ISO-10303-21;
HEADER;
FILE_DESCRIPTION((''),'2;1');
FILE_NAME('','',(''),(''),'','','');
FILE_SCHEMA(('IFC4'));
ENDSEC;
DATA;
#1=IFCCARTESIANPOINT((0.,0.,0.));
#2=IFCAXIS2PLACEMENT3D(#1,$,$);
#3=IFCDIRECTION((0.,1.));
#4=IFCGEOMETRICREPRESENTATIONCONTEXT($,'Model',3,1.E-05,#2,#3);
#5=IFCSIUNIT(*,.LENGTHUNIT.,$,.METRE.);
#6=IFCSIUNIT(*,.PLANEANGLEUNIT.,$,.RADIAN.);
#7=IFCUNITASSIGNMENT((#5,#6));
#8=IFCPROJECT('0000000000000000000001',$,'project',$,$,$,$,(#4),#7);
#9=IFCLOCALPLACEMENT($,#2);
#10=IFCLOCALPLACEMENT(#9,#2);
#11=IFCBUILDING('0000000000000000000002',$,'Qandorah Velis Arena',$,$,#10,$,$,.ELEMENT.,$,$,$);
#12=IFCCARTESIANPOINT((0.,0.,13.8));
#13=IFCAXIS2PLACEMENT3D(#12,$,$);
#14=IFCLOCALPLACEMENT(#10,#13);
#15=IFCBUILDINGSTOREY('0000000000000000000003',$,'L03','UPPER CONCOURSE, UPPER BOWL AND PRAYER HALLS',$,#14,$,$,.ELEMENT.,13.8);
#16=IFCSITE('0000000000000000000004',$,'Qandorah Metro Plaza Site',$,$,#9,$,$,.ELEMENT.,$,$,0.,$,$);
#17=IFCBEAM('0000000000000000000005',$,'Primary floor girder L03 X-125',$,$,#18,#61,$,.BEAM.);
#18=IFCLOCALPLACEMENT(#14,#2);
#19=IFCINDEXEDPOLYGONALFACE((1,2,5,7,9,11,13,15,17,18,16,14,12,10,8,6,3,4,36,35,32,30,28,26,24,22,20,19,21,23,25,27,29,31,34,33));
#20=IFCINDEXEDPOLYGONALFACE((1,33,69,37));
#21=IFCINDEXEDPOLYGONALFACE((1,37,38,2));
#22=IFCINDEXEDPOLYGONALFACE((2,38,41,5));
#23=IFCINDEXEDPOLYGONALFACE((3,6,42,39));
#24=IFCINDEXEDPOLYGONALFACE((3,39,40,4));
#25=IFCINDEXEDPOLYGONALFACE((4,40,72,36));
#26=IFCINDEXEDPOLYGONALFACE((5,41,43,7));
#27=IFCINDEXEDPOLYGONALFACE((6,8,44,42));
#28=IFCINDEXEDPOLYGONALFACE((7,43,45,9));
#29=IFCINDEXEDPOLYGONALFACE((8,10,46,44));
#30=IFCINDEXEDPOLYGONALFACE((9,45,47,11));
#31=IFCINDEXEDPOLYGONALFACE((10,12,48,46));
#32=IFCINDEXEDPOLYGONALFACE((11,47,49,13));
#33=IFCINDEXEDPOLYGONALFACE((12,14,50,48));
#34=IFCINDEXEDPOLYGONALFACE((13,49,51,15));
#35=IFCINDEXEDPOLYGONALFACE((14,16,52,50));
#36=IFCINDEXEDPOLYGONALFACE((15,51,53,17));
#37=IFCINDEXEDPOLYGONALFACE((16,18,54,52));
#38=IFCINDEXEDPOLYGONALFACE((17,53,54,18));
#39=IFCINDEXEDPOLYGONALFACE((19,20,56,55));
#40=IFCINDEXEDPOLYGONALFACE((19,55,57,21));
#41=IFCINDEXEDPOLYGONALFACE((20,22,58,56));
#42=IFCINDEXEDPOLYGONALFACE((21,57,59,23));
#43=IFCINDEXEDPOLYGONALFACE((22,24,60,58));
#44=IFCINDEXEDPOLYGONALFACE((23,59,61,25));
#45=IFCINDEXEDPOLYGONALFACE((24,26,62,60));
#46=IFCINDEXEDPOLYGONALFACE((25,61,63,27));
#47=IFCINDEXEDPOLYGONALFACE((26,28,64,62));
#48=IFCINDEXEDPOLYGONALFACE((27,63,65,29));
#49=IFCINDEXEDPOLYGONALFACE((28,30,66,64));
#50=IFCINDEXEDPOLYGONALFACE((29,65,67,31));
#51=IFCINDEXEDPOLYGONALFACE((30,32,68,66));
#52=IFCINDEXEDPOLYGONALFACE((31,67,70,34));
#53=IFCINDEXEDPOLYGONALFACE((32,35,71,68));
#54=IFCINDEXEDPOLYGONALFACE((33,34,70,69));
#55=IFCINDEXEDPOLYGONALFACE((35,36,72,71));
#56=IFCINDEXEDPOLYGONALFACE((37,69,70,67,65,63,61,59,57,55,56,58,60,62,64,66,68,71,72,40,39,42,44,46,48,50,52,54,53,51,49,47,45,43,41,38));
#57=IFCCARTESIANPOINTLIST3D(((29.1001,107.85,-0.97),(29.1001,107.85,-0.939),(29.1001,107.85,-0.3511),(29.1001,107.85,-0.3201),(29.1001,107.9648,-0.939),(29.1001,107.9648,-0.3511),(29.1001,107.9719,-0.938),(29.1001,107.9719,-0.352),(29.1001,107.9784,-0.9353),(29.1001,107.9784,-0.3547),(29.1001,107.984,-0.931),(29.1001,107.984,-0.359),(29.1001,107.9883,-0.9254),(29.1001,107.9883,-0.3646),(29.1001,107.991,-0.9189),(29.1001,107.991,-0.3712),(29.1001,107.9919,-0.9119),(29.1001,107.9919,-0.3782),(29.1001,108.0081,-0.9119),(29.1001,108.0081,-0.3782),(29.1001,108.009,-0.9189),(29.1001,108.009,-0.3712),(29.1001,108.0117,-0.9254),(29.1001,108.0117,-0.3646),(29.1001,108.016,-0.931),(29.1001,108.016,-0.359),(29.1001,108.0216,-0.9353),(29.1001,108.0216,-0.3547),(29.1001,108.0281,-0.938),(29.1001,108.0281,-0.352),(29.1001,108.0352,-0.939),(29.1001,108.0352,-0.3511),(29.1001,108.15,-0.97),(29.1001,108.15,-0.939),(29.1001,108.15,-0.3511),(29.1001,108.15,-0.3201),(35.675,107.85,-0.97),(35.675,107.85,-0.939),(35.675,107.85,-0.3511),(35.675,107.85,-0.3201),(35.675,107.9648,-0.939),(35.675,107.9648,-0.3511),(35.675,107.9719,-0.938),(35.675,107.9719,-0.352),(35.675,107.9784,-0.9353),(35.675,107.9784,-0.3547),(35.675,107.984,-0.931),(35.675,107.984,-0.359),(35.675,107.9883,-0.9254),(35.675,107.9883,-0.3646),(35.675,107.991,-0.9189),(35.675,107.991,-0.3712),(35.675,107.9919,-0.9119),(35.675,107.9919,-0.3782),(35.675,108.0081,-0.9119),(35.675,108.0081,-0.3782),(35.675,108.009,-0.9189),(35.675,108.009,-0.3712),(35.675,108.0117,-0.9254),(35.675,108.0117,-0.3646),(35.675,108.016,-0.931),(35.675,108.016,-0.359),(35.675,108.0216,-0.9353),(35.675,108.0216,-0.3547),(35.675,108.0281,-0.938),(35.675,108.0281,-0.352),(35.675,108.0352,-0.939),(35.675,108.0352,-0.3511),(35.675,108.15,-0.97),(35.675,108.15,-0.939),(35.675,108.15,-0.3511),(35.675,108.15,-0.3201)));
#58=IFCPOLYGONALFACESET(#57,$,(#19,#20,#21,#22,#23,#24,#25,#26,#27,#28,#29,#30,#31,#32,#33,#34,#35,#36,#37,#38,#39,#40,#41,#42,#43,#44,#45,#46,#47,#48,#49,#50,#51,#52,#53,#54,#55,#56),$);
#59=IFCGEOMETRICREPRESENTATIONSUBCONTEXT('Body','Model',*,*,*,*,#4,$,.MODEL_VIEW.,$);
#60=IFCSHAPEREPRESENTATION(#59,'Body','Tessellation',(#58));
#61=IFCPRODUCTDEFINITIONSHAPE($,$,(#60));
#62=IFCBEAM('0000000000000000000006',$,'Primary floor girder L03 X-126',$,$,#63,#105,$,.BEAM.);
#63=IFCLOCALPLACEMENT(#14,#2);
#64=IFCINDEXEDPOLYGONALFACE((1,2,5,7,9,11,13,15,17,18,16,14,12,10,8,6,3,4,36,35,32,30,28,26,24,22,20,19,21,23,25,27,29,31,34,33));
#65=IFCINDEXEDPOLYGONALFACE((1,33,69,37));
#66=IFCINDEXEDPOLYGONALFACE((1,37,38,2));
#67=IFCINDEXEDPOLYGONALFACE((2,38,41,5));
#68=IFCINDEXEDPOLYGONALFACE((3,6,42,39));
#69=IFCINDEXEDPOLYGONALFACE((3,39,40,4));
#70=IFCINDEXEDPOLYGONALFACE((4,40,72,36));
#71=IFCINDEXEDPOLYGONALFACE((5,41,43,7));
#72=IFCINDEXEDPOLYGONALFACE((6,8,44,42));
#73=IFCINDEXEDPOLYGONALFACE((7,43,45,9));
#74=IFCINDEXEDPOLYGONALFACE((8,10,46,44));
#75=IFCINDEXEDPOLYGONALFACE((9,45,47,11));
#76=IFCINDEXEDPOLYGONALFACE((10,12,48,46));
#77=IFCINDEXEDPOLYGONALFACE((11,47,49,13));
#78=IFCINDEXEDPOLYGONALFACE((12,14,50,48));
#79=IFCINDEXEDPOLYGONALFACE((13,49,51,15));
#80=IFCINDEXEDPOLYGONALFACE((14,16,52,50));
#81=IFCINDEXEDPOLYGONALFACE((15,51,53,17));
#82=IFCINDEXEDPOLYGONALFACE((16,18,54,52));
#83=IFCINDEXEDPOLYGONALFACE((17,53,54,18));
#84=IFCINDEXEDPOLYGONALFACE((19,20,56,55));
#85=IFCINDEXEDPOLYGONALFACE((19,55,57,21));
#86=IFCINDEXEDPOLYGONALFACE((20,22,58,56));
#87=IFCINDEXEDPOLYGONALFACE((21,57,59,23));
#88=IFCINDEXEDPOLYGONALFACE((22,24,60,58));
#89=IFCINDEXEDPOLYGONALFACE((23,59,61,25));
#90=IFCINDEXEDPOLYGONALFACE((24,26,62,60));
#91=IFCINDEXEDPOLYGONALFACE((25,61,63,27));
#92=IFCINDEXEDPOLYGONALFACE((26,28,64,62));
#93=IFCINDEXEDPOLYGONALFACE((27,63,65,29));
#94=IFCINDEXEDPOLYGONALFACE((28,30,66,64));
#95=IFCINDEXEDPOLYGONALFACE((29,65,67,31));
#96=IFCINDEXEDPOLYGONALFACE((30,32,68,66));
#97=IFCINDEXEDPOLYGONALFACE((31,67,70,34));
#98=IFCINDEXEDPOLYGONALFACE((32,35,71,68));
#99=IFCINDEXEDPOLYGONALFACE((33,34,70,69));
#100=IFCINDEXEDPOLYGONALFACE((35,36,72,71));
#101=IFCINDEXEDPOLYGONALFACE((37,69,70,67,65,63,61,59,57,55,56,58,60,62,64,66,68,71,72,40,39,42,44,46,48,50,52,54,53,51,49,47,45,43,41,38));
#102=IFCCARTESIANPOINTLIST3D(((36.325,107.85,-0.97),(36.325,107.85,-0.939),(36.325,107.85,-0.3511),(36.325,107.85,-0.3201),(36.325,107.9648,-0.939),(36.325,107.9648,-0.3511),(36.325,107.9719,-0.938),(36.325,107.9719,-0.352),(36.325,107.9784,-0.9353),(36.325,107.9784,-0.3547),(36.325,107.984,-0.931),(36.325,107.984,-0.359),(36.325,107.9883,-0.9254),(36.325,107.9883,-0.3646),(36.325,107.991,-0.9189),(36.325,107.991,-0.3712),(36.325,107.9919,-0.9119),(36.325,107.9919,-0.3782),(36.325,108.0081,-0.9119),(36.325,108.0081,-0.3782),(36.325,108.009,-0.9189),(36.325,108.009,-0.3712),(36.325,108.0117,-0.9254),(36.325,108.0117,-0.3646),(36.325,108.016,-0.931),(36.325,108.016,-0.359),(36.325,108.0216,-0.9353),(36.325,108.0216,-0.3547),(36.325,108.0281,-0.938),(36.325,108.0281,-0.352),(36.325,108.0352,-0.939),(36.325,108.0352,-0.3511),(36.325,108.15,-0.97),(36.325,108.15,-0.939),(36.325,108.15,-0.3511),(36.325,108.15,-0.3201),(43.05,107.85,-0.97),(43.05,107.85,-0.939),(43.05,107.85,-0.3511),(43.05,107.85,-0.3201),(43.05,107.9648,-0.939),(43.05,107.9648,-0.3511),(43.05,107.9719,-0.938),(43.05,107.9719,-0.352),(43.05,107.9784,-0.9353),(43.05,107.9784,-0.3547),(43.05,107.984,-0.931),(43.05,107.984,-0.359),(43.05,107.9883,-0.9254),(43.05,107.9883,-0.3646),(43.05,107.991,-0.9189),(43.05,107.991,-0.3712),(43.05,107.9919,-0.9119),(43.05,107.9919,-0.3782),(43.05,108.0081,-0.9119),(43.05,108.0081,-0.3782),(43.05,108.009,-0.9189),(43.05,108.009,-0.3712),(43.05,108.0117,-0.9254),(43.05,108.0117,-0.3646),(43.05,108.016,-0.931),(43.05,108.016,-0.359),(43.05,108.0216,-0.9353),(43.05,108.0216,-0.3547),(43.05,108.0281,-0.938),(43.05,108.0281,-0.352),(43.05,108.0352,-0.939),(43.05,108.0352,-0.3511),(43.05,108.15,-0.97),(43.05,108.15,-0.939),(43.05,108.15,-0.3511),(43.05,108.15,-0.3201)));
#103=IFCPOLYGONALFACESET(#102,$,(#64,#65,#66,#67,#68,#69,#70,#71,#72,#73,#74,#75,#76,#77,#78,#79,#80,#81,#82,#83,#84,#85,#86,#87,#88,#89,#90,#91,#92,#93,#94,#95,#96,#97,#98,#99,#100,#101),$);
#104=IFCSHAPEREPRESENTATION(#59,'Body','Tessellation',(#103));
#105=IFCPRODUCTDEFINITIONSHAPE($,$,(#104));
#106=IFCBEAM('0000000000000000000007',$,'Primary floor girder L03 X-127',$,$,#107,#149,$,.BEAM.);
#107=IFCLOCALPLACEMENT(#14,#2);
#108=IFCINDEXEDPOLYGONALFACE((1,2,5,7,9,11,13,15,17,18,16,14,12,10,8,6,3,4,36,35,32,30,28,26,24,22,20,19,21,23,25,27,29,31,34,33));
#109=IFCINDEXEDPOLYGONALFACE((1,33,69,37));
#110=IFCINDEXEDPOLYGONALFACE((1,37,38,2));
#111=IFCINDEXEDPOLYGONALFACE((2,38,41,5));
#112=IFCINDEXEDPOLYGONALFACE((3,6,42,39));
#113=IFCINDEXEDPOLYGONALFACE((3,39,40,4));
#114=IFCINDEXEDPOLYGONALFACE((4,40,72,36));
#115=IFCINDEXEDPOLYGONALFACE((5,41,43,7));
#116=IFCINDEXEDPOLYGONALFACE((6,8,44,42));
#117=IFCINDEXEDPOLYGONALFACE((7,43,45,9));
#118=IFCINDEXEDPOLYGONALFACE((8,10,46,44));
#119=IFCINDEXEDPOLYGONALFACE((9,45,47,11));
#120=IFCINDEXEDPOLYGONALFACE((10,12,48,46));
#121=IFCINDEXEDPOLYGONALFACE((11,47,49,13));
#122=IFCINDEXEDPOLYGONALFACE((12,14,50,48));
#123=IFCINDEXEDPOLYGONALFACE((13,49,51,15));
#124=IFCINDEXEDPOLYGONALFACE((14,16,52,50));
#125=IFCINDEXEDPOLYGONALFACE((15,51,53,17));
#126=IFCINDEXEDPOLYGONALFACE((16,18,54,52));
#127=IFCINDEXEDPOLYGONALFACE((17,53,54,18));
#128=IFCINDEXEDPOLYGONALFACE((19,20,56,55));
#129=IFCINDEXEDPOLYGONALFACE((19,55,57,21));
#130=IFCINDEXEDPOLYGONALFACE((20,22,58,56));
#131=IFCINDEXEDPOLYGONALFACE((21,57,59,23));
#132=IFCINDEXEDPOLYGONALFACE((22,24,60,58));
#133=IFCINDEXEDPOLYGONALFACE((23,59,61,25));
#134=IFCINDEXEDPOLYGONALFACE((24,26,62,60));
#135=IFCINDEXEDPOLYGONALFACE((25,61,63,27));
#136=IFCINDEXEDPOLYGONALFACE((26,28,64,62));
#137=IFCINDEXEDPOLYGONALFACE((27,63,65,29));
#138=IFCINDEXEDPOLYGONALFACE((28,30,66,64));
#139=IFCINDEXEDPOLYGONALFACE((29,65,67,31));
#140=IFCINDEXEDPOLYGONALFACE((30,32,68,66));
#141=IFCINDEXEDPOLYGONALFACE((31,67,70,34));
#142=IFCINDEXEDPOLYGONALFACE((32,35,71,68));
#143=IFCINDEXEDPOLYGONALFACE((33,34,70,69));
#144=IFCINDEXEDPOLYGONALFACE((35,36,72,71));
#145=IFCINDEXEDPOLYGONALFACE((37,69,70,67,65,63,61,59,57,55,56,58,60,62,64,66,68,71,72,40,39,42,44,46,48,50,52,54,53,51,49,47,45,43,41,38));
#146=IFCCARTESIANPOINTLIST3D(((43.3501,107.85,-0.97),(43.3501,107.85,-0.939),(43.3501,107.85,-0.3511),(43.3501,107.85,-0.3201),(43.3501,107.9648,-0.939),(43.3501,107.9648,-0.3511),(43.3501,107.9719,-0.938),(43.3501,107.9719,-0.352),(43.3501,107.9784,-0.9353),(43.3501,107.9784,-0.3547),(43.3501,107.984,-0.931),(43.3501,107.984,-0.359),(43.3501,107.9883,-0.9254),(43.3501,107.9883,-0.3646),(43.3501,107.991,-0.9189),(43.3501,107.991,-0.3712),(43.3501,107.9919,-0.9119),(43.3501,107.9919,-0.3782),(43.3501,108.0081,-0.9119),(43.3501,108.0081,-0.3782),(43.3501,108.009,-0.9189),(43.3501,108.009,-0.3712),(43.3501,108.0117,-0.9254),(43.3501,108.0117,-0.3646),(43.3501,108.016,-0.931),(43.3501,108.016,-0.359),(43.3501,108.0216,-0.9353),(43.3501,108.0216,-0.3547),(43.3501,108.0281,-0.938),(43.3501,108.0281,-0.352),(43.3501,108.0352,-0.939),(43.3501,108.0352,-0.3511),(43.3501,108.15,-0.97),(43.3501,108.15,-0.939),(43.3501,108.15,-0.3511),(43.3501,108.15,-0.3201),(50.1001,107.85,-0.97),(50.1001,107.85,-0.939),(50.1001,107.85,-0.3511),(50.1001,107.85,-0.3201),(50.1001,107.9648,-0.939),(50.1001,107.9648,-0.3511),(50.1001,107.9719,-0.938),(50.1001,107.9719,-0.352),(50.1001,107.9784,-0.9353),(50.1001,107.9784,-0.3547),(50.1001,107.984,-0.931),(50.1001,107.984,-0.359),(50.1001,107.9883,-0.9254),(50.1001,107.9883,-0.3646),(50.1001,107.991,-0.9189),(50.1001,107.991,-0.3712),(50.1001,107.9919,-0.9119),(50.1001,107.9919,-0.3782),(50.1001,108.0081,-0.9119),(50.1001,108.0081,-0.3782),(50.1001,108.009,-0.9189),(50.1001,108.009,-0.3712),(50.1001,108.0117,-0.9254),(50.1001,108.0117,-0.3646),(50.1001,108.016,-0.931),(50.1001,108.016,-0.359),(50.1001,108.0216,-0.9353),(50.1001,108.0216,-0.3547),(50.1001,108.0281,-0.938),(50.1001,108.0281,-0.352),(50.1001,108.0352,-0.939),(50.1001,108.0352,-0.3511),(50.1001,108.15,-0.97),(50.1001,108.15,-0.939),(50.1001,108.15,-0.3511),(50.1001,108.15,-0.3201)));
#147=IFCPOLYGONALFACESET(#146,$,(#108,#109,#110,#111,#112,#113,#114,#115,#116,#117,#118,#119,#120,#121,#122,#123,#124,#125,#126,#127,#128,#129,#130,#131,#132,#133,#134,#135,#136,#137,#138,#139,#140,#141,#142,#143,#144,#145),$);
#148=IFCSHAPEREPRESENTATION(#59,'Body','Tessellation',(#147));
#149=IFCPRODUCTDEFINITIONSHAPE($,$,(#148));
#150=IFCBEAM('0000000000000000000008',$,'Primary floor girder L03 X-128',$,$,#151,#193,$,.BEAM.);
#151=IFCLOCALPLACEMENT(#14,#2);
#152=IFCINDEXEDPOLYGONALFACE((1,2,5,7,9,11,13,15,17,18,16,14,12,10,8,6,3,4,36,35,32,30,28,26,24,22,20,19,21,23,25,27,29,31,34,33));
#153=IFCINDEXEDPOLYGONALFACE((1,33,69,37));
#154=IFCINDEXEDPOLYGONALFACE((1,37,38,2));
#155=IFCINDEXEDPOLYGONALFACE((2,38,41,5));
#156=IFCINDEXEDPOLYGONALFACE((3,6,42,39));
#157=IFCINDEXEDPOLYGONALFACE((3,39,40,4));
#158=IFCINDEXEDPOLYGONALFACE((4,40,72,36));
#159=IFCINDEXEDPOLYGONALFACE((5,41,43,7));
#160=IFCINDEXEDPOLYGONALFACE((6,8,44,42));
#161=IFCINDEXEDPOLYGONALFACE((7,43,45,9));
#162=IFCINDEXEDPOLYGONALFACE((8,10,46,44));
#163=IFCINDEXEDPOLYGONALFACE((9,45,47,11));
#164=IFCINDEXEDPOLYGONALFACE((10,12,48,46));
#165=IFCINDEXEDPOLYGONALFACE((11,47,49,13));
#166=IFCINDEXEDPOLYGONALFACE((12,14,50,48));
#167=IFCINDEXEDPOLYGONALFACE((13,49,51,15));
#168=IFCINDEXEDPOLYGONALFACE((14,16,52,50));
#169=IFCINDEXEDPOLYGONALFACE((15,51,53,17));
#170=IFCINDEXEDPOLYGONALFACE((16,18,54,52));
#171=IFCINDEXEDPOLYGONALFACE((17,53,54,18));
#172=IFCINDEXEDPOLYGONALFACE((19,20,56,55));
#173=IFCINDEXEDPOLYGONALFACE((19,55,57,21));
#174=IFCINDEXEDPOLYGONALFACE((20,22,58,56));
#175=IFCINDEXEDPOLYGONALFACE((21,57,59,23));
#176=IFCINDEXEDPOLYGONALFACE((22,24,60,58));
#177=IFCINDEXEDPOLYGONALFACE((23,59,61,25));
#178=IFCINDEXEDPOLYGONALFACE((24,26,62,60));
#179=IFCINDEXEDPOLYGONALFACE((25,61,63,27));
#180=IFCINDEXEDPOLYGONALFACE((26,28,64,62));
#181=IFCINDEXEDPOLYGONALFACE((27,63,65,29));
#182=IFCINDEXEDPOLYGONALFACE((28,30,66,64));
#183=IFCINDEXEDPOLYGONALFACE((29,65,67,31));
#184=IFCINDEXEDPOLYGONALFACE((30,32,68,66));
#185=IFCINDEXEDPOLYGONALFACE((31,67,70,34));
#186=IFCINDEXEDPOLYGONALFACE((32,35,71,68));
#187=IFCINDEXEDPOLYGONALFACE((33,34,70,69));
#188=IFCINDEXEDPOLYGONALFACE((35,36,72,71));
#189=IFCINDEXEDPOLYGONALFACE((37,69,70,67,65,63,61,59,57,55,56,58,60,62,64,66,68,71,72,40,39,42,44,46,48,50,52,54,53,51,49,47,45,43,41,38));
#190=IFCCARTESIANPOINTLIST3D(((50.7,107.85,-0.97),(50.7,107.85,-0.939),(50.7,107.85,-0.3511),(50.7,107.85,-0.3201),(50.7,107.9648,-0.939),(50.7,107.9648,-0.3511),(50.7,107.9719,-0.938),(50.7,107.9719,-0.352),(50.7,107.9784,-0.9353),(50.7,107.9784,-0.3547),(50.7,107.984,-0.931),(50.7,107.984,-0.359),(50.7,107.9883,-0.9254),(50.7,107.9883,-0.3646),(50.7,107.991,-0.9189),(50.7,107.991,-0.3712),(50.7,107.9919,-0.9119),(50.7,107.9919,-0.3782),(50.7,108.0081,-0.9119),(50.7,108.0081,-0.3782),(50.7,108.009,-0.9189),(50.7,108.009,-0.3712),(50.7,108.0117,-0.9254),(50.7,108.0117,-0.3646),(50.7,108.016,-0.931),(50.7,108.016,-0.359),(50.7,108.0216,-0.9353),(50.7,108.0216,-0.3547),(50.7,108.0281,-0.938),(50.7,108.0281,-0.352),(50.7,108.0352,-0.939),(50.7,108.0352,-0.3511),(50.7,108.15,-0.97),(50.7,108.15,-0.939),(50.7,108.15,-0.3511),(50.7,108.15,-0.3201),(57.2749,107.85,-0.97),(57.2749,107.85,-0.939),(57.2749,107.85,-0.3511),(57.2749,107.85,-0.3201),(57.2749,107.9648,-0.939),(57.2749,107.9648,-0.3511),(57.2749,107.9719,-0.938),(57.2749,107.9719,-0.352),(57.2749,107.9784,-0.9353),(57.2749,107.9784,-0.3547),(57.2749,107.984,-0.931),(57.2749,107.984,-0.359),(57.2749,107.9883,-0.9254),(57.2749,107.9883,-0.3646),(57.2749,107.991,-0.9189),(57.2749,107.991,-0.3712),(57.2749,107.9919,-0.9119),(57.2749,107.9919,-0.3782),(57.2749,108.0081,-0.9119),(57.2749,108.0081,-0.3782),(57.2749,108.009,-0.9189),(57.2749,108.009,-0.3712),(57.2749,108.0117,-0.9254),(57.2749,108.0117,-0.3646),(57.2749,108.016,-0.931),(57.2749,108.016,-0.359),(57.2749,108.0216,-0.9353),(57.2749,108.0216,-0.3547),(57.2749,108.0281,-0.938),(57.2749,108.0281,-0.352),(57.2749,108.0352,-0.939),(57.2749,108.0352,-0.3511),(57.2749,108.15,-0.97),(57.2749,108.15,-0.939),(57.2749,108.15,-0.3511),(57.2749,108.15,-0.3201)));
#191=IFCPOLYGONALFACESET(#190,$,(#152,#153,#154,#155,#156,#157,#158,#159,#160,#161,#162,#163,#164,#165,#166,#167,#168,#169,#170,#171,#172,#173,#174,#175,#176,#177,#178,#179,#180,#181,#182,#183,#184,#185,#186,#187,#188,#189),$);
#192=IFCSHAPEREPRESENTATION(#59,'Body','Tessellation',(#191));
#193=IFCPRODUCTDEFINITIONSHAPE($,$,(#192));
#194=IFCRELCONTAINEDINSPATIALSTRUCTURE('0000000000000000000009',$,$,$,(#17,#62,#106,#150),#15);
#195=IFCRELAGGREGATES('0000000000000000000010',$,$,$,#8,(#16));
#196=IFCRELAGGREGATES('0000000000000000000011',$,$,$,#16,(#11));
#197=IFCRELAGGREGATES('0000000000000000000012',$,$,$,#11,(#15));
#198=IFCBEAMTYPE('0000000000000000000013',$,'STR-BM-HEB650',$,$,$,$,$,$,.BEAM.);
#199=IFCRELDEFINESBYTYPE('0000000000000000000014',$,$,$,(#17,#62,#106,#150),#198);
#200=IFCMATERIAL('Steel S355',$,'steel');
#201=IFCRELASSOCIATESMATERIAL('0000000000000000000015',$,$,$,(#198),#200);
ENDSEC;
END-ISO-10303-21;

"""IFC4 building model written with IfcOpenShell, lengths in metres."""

from ifc_helpers import new_model, si_unit, direction, frame, origin, origin_2d, place, context, subcontext, project, spatial, i_section, extrude, material, material_profile, profile_set, type_object, element, save


model = new_model("IFC4")

# Units and contexts
model_context = context("Model", 3, precision=1e-05, world=origin(), true_north=direction((0.0, 1.0)))
body_context = subcontext(model_context, "Body", "Model", "MODEL_VIEW")
ifc_project = project(units=[si_unit("LENGTHUNIT", "METRE"), si_unit("PLANEANGLEUNIT", "RADIAN")], contexts=[model_context])

# Site, building, storey
site_placement = place(None, origin())
site = spatial("IfcSite", under=ifc_project, at=site_placement, Name="Qandorah Metro Plaza Site", CompositionType="ELEMENT", RefElevation=0.0)
building_placement = place(site_placement, origin())
building = spatial("IfcBuilding", under=site, at=building_placement, Name="Qandorah Velis Arena", CompositionType="ELEMENT")
storey_placement = place(building_placement, frame((0.0, 0.0, 13.8)))
storey = spatial("IfcBuildingStorey", under=building, at=storey_placement, Name="L03", Description="UPPER CONCOURSE, UPPER BOWL AND PRAYER HALLS", CompositionType="ELEMENT", Elevation=13.8)

# Beams
ifc_material_1 = material(Name="Steel S355", Category="steel")
ifc_material_profile_1 = material_profile(ifc_material_1, i_section(OverallWidth=0.3, OverallDepth=0.6499, WebThickness=0.0161, FlangeThickness=0.031, FilletRadius=0.0271, at=origin_2d()), Name="HEB 650")
ifc_profile_set_1 = profile_set([ifc_material_profile_1], Name="Steel S355")
beam_type_1 = type_object("IfcBeamType", Name="STR-BM-HEB650", PredefinedType="BEAM", material=ifc_profile_set_1)
beam_1_placement = place(storey_placement, frame((29.1001, 108.0, -0.645), z_axis=(1.0, 0.0, 0.0), x_axis=(0.0, 1.0, 0.0)))
element("IfcBeam", 1, at=beam_1_placement, inside=storey, type_object=beam_type_1, Name="Primary floor girder L03 X-125", PredefinedType="BEAM", context=body_context, shape_type="SweptSolid", body=[
    extrude(i_section(OverallWidth=0.3, OverallDepth=0.6499, WebThickness=0.0161, FlangeThickness=0.031, FilletRadius=0.0271, at=origin_2d()), origin(), (0.0, 0.0, 1.0), 6.575),
])
beam_2_placement = place(storey_placement, frame((36.325, 108.0, -0.645), z_axis=(1.0, 0.0, 0.0), x_axis=(0.0, 1.0, 0.0)))
element("IfcBeam", 2, at=beam_2_placement, inside=storey, type_object=beam_type_1, Name="Primary floor girder L03 X-126", PredefinedType="BEAM", context=body_context, shape_type="SweptSolid", body=[
    extrude(i_section(OverallWidth=0.3, OverallDepth=0.6499, WebThickness=0.0161, FlangeThickness=0.031, FilletRadius=0.0271, at=origin_2d()), origin(), (0.0, 0.0, 1.0), 6.7251),
])
beam_3_placement = place(storey_placement, frame((43.3501, 108.0, -0.645), z_axis=(1.0, 0.0, 0.0), x_axis=(0.0, 1.0, 0.0)))
element("IfcBeam", 3, at=beam_3_placement, inside=storey, type_object=beam_type_1, Name="Primary floor girder L03 X-127", PredefinedType="BEAM", context=body_context, shape_type="SweptSolid", body=[
    extrude(i_section(OverallWidth=0.3, OverallDepth=0.6499, WebThickness=0.0161, FlangeThickness=0.031, FilletRadius=0.0271, at=origin_2d()), origin(), (0.0, 0.0, 1.0), 6.75),
])
beam_4_placement = place(storey_placement, frame((50.7, 108.0, -0.645), z_axis=(1.0, 0.0, 0.0), x_axis=(0.0, 1.0, 0.0)))
element("IfcBeam", 4, at=beam_4_placement, inside=storey, type_object=beam_type_1, Name="Primary floor girder L03 X-128", PredefinedType="BEAM", context=body_context, shape_type="SweptSolid", body=[
    extrude(i_section(OverallWidth=0.3, OverallDepth=0.6499, WebThickness=0.0161, FlangeThickness=0.031, FilletRadius=0.0271, at=origin_2d()), origin(), (0.0, 0.0, 1.0), 6.575),
])

save(model, "model.ifc")
